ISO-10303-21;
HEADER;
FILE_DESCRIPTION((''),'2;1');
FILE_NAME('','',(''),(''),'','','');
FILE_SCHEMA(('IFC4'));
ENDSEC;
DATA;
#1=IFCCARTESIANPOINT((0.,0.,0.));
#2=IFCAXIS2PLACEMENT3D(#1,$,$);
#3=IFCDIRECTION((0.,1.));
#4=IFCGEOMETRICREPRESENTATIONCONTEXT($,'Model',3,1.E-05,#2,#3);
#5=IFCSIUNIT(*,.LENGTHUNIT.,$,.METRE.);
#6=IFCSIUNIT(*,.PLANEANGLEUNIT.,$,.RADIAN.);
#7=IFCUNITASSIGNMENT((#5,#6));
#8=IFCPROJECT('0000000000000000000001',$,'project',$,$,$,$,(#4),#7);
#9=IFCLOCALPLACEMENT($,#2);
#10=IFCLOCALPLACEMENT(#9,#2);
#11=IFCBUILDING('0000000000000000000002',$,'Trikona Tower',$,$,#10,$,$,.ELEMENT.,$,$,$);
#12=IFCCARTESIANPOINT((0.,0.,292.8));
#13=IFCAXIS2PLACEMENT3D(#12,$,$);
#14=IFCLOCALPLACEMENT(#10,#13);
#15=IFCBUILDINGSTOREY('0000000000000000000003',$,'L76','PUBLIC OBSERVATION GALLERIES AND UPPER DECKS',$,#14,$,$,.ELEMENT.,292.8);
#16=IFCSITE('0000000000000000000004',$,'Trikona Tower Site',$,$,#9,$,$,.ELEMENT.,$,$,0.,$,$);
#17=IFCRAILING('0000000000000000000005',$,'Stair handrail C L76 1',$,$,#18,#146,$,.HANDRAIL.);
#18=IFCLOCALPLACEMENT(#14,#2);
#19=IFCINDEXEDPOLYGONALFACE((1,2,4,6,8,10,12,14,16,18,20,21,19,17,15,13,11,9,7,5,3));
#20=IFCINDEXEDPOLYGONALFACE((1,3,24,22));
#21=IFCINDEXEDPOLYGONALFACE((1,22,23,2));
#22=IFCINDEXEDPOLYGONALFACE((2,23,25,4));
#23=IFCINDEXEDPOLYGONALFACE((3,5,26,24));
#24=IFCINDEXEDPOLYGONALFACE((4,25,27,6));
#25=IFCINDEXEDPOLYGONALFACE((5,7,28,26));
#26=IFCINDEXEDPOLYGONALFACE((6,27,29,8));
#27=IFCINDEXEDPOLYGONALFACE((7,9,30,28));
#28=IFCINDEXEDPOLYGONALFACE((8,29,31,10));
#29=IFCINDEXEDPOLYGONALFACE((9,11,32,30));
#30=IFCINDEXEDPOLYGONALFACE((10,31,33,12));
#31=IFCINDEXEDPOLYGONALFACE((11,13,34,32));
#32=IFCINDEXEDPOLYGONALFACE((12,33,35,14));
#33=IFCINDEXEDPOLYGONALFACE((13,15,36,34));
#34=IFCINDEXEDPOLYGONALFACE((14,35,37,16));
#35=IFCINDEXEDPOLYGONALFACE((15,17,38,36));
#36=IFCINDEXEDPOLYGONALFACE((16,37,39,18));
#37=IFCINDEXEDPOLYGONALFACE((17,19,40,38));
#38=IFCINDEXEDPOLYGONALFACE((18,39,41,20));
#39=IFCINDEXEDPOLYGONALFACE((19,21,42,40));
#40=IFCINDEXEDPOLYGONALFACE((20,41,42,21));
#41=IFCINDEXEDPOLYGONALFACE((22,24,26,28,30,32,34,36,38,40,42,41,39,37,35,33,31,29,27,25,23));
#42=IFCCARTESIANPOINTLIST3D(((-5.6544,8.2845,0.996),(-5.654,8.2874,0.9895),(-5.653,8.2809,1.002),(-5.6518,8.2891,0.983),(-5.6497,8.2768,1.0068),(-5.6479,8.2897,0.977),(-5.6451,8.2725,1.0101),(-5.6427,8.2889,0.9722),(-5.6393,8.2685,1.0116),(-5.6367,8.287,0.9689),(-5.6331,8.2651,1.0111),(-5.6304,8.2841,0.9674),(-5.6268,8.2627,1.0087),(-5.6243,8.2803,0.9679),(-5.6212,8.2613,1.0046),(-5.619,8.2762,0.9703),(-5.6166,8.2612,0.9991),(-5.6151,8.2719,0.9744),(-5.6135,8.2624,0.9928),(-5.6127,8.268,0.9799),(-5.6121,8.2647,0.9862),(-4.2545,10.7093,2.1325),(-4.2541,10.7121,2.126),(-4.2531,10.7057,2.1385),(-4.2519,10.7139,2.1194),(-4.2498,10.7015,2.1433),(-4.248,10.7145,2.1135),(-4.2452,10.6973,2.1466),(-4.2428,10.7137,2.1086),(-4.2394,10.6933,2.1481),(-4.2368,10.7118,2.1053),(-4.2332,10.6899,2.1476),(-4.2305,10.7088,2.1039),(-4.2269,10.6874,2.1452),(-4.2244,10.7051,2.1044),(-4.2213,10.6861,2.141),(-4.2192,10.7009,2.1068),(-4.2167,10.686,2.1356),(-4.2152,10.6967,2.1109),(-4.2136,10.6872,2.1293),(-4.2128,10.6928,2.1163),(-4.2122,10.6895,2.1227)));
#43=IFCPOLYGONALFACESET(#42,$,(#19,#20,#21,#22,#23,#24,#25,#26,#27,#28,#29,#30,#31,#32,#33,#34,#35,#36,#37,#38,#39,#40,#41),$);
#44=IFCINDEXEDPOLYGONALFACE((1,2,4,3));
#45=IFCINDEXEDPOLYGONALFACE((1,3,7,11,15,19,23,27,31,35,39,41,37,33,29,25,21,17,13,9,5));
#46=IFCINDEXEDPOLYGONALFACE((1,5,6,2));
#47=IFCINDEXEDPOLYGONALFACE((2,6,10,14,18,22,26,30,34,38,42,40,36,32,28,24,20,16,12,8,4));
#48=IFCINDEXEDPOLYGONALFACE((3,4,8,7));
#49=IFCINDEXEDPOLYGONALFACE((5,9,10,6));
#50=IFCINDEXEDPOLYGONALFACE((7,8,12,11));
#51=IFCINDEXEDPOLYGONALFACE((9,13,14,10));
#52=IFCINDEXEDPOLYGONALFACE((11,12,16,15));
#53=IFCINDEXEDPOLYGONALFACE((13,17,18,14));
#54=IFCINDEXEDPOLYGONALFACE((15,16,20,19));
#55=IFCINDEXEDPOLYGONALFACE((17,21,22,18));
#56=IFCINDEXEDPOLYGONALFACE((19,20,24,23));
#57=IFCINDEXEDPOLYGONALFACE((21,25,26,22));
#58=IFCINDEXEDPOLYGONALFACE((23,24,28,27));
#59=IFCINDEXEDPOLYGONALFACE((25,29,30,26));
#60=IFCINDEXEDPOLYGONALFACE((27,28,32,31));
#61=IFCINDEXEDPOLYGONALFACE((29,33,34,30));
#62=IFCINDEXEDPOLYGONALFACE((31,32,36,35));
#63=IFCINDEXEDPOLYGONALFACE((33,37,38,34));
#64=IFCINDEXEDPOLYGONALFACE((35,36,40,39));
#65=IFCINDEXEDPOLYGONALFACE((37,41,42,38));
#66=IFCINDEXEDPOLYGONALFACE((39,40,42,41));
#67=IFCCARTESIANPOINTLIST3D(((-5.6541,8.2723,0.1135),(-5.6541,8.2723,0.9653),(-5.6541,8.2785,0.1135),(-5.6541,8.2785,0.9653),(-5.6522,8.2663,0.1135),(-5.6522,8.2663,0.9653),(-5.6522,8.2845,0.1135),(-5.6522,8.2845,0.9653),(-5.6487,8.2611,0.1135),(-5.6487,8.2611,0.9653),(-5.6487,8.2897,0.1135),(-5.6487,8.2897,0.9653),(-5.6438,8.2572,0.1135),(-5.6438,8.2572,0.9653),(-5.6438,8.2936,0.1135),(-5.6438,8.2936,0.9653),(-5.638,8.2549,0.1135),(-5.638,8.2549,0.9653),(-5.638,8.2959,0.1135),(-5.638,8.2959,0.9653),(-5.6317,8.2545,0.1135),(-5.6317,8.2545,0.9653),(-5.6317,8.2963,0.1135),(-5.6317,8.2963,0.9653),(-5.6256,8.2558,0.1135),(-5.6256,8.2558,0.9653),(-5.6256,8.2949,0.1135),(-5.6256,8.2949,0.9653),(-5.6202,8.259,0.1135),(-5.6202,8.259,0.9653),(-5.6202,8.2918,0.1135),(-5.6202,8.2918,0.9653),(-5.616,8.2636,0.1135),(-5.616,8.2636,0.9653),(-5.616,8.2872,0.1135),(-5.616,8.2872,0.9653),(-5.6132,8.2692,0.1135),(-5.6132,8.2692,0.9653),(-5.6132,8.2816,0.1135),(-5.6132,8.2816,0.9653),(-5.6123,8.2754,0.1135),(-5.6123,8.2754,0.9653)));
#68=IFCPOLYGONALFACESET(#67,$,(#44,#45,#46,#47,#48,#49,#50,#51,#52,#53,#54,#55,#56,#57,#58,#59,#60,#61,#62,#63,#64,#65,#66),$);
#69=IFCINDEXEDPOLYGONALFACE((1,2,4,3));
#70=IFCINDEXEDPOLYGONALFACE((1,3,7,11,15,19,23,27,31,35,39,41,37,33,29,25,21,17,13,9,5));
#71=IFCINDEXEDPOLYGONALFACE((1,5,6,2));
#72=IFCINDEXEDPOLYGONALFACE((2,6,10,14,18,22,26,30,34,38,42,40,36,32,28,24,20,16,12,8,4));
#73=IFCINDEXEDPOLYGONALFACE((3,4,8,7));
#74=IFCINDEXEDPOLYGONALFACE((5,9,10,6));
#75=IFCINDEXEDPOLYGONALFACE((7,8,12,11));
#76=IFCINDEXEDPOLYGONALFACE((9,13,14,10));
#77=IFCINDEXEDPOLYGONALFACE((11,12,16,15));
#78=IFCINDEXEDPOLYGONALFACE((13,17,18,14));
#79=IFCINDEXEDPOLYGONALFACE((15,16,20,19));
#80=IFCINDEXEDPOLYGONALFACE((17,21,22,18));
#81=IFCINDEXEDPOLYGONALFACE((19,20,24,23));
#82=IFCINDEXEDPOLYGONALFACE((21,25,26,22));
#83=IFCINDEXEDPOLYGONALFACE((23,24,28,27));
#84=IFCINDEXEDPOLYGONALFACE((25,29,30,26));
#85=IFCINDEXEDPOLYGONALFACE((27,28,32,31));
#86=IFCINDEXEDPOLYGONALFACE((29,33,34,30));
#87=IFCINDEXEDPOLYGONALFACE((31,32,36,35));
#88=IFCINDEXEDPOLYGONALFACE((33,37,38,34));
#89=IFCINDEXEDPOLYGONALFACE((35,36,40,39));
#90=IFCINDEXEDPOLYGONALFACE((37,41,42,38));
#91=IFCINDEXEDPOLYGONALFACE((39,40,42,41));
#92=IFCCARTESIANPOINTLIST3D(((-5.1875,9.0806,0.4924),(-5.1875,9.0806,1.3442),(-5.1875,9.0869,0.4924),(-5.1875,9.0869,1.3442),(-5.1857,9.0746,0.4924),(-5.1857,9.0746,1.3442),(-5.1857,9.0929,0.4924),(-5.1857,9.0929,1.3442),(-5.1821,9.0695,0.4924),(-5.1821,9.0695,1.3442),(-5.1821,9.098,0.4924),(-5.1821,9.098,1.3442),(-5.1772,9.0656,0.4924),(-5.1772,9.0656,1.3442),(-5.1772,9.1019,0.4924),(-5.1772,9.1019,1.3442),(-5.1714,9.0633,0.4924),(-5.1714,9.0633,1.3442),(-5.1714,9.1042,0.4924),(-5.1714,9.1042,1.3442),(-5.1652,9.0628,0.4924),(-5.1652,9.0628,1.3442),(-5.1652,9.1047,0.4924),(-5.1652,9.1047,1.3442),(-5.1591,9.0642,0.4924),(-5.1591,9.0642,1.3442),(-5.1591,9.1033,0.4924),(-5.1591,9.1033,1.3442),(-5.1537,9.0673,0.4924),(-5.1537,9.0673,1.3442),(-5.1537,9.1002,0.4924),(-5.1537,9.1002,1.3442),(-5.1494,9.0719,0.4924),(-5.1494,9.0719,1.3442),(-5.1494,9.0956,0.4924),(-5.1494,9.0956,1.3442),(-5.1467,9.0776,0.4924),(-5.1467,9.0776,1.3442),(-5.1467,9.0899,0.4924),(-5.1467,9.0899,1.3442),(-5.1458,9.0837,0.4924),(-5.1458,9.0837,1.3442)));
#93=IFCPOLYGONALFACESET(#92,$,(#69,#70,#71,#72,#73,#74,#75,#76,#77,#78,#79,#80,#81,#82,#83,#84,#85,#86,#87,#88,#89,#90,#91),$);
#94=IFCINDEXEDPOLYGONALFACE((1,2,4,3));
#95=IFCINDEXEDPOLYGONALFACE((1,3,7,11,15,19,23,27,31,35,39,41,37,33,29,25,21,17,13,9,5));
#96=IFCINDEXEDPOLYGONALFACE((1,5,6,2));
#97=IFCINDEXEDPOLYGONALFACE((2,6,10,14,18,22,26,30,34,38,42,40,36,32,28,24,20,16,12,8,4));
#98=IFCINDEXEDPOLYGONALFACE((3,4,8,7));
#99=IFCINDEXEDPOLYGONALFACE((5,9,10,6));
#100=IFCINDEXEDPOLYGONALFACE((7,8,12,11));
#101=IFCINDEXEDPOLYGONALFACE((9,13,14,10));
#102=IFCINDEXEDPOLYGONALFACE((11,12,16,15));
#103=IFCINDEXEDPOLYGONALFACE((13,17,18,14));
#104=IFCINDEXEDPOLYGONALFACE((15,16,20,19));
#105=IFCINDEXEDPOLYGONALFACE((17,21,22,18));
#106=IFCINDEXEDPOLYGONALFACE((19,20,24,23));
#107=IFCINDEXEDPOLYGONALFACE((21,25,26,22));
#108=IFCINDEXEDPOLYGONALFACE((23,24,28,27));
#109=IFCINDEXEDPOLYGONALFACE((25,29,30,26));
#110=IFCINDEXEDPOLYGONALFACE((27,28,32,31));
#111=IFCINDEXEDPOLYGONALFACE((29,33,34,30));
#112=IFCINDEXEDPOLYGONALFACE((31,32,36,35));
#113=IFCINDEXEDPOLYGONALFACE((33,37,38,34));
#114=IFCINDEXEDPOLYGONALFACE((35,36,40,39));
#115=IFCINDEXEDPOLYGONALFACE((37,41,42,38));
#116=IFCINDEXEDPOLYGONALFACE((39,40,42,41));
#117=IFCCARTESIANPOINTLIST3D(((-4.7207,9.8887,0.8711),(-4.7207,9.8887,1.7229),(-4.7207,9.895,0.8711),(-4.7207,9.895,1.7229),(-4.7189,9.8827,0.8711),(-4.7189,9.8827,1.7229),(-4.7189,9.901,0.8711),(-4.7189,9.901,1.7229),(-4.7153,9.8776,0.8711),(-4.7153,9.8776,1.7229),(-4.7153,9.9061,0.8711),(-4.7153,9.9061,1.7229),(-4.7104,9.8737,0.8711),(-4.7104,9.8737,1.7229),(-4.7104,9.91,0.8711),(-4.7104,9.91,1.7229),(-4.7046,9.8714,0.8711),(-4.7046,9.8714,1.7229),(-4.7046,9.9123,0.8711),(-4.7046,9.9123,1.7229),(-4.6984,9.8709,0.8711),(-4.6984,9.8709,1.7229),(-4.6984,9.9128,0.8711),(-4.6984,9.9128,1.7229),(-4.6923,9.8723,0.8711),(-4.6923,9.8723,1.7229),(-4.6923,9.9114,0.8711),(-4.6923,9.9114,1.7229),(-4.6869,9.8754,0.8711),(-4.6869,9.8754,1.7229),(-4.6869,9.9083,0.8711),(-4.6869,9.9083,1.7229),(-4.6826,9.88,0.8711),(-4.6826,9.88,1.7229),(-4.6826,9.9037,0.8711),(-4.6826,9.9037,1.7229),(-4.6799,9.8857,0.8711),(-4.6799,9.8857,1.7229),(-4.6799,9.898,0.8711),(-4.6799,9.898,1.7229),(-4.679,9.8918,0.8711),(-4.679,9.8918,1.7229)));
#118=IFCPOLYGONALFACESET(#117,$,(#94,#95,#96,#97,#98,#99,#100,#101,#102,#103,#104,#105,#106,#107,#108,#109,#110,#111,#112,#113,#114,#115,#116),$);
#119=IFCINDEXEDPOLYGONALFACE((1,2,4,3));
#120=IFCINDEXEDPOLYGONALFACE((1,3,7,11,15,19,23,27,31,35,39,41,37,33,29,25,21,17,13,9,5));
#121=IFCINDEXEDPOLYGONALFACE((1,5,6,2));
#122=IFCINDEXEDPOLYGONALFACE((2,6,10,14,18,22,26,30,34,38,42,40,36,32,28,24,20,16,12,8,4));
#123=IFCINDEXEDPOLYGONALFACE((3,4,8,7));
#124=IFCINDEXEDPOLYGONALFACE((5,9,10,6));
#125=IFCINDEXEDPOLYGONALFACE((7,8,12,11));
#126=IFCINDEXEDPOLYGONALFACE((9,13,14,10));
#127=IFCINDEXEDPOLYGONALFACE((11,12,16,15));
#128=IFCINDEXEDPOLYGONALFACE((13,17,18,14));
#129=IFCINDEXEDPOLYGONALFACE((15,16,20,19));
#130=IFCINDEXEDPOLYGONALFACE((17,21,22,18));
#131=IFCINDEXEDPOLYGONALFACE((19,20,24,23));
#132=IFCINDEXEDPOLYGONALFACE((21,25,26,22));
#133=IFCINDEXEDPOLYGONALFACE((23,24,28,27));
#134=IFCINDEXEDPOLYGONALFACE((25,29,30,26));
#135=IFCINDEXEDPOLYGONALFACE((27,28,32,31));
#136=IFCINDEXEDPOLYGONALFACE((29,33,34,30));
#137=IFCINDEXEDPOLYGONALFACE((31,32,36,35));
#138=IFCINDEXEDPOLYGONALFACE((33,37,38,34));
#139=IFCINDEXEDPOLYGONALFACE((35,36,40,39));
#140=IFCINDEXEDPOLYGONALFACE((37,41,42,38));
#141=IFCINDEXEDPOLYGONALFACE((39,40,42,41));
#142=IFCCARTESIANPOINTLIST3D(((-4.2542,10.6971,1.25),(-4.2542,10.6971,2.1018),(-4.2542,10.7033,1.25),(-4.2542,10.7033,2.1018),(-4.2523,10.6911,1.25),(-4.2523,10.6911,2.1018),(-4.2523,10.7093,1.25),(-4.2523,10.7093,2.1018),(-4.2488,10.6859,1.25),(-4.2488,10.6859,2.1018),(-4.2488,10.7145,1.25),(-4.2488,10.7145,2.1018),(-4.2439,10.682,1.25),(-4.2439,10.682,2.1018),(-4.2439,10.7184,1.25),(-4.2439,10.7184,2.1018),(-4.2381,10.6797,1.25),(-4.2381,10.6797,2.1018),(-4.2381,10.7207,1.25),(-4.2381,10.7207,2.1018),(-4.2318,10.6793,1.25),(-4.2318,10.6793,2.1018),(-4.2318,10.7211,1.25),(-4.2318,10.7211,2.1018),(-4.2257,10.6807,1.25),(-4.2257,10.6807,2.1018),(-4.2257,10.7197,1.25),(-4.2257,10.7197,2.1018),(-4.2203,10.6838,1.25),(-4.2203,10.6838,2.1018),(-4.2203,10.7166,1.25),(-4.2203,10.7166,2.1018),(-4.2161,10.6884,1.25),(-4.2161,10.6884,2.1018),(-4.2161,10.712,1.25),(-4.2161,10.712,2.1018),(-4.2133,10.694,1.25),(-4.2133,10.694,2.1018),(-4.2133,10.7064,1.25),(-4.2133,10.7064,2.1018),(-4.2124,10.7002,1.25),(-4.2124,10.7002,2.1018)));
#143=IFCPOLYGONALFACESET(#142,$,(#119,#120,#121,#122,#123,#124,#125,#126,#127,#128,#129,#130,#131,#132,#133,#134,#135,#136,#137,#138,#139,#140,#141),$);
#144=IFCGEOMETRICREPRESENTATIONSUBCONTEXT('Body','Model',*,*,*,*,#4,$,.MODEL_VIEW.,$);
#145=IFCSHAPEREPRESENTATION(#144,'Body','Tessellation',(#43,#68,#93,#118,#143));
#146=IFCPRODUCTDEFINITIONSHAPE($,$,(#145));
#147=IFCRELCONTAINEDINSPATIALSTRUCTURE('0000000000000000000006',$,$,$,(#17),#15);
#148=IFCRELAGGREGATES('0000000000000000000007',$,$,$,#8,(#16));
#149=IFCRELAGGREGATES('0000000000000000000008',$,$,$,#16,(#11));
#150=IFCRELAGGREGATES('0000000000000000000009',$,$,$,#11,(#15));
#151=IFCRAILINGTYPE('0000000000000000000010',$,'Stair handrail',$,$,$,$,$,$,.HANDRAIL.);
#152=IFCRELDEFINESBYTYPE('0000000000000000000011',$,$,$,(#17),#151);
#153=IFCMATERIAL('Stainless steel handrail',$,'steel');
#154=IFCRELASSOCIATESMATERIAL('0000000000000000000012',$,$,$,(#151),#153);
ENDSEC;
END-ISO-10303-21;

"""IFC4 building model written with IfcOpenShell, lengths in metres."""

from ifc_helpers import new_model, si_unit, direction, frame, origin, origin_2d, place, context, subcontext, project, spatial, circle, extrude, material, type_object, element, save


model = new_model("IFC4")

# Units and contexts
model_context = context("Model", 3, precision=1e-05, world=origin(), true_north=direction((0.0, 1.0)))
body_context = subcontext(model_context, "Body", "Model", "MODEL_VIEW")
ifc_project = project(units=[si_unit("LENGTHUNIT", "METRE"), si_unit("PLANEANGLEUNIT", "RADIAN")], contexts=[model_context])

# Site, building, storey
site_placement = place(None, origin())
site = spatial("IfcSite", under=ifc_project, at=site_placement, Name="Trikona Tower Site", CompositionType="ELEMENT", RefElevation=0.0)
building_placement = place(site_placement, origin())
building = spatial("IfcBuilding", under=site, at=building_placement, Name="Trikona Tower", CompositionType="ELEMENT")
storey_placement = place(building_placement, frame((0.0, 0.0, 292.8)))
storey = spatial("IfcBuildingStorey", under=building, at=storey_placement, Name="L76", Description="PUBLIC OBSERVATION GALLERIES AND UPPER DECKS", CompositionType="ELEMENT", Elevation=292.8)

# Railing
ifc_material_1 = material(Name="Stainless steel handrail", Category="steel")
railing_type = type_object("IfcRailingType", Name="Stair handrail", PredefinedType="HANDRAIL", material=ifc_material_1)
railing_1_placement = place(storey_placement, frame((-5.6333, 8.2754, 0.1135)))
element("IfcRailing", 1, at=railing_1_placement, inside=storey, type_object=railing_type, Name="Stair handrail C L76 1", PredefinedType="HANDRAIL", context=body_context, shape_type="SweptSolid", body=[
    extrude(circle(Radius=0.0239, at=origin_2d()), frame((0.0, 0.0, 0.876), z_axis=(0.463275, 0.80245, 0.376098), x_axis=(-0.866035, 0.499984, 0.0)), (0.0, 0.0, 1.0), 3.0217),
    extrude(circle(Radius=0.021, at=origin_2d()), origin(), (0.0, 0.0, 1.0), 0.8518),
    extrude(circle(Radius=0.021, at=origin_2d()), frame((0.4666, 0.8083, 0.3789)), (0.0, 0.0, 1.0), 0.8518),
    extrude(circle(Radius=0.021, at=origin_2d()), frame((0.9333, 1.6165, 0.7576)), (0.0, 0.0, 1.0), 0.8518),
    extrude(circle(Radius=0.021, at=origin_2d()), frame((1.3999, 2.4248, 1.1365)), (0.0, 0.0, 1.0), 0.8518),
])

save(model, "model.ifc")
